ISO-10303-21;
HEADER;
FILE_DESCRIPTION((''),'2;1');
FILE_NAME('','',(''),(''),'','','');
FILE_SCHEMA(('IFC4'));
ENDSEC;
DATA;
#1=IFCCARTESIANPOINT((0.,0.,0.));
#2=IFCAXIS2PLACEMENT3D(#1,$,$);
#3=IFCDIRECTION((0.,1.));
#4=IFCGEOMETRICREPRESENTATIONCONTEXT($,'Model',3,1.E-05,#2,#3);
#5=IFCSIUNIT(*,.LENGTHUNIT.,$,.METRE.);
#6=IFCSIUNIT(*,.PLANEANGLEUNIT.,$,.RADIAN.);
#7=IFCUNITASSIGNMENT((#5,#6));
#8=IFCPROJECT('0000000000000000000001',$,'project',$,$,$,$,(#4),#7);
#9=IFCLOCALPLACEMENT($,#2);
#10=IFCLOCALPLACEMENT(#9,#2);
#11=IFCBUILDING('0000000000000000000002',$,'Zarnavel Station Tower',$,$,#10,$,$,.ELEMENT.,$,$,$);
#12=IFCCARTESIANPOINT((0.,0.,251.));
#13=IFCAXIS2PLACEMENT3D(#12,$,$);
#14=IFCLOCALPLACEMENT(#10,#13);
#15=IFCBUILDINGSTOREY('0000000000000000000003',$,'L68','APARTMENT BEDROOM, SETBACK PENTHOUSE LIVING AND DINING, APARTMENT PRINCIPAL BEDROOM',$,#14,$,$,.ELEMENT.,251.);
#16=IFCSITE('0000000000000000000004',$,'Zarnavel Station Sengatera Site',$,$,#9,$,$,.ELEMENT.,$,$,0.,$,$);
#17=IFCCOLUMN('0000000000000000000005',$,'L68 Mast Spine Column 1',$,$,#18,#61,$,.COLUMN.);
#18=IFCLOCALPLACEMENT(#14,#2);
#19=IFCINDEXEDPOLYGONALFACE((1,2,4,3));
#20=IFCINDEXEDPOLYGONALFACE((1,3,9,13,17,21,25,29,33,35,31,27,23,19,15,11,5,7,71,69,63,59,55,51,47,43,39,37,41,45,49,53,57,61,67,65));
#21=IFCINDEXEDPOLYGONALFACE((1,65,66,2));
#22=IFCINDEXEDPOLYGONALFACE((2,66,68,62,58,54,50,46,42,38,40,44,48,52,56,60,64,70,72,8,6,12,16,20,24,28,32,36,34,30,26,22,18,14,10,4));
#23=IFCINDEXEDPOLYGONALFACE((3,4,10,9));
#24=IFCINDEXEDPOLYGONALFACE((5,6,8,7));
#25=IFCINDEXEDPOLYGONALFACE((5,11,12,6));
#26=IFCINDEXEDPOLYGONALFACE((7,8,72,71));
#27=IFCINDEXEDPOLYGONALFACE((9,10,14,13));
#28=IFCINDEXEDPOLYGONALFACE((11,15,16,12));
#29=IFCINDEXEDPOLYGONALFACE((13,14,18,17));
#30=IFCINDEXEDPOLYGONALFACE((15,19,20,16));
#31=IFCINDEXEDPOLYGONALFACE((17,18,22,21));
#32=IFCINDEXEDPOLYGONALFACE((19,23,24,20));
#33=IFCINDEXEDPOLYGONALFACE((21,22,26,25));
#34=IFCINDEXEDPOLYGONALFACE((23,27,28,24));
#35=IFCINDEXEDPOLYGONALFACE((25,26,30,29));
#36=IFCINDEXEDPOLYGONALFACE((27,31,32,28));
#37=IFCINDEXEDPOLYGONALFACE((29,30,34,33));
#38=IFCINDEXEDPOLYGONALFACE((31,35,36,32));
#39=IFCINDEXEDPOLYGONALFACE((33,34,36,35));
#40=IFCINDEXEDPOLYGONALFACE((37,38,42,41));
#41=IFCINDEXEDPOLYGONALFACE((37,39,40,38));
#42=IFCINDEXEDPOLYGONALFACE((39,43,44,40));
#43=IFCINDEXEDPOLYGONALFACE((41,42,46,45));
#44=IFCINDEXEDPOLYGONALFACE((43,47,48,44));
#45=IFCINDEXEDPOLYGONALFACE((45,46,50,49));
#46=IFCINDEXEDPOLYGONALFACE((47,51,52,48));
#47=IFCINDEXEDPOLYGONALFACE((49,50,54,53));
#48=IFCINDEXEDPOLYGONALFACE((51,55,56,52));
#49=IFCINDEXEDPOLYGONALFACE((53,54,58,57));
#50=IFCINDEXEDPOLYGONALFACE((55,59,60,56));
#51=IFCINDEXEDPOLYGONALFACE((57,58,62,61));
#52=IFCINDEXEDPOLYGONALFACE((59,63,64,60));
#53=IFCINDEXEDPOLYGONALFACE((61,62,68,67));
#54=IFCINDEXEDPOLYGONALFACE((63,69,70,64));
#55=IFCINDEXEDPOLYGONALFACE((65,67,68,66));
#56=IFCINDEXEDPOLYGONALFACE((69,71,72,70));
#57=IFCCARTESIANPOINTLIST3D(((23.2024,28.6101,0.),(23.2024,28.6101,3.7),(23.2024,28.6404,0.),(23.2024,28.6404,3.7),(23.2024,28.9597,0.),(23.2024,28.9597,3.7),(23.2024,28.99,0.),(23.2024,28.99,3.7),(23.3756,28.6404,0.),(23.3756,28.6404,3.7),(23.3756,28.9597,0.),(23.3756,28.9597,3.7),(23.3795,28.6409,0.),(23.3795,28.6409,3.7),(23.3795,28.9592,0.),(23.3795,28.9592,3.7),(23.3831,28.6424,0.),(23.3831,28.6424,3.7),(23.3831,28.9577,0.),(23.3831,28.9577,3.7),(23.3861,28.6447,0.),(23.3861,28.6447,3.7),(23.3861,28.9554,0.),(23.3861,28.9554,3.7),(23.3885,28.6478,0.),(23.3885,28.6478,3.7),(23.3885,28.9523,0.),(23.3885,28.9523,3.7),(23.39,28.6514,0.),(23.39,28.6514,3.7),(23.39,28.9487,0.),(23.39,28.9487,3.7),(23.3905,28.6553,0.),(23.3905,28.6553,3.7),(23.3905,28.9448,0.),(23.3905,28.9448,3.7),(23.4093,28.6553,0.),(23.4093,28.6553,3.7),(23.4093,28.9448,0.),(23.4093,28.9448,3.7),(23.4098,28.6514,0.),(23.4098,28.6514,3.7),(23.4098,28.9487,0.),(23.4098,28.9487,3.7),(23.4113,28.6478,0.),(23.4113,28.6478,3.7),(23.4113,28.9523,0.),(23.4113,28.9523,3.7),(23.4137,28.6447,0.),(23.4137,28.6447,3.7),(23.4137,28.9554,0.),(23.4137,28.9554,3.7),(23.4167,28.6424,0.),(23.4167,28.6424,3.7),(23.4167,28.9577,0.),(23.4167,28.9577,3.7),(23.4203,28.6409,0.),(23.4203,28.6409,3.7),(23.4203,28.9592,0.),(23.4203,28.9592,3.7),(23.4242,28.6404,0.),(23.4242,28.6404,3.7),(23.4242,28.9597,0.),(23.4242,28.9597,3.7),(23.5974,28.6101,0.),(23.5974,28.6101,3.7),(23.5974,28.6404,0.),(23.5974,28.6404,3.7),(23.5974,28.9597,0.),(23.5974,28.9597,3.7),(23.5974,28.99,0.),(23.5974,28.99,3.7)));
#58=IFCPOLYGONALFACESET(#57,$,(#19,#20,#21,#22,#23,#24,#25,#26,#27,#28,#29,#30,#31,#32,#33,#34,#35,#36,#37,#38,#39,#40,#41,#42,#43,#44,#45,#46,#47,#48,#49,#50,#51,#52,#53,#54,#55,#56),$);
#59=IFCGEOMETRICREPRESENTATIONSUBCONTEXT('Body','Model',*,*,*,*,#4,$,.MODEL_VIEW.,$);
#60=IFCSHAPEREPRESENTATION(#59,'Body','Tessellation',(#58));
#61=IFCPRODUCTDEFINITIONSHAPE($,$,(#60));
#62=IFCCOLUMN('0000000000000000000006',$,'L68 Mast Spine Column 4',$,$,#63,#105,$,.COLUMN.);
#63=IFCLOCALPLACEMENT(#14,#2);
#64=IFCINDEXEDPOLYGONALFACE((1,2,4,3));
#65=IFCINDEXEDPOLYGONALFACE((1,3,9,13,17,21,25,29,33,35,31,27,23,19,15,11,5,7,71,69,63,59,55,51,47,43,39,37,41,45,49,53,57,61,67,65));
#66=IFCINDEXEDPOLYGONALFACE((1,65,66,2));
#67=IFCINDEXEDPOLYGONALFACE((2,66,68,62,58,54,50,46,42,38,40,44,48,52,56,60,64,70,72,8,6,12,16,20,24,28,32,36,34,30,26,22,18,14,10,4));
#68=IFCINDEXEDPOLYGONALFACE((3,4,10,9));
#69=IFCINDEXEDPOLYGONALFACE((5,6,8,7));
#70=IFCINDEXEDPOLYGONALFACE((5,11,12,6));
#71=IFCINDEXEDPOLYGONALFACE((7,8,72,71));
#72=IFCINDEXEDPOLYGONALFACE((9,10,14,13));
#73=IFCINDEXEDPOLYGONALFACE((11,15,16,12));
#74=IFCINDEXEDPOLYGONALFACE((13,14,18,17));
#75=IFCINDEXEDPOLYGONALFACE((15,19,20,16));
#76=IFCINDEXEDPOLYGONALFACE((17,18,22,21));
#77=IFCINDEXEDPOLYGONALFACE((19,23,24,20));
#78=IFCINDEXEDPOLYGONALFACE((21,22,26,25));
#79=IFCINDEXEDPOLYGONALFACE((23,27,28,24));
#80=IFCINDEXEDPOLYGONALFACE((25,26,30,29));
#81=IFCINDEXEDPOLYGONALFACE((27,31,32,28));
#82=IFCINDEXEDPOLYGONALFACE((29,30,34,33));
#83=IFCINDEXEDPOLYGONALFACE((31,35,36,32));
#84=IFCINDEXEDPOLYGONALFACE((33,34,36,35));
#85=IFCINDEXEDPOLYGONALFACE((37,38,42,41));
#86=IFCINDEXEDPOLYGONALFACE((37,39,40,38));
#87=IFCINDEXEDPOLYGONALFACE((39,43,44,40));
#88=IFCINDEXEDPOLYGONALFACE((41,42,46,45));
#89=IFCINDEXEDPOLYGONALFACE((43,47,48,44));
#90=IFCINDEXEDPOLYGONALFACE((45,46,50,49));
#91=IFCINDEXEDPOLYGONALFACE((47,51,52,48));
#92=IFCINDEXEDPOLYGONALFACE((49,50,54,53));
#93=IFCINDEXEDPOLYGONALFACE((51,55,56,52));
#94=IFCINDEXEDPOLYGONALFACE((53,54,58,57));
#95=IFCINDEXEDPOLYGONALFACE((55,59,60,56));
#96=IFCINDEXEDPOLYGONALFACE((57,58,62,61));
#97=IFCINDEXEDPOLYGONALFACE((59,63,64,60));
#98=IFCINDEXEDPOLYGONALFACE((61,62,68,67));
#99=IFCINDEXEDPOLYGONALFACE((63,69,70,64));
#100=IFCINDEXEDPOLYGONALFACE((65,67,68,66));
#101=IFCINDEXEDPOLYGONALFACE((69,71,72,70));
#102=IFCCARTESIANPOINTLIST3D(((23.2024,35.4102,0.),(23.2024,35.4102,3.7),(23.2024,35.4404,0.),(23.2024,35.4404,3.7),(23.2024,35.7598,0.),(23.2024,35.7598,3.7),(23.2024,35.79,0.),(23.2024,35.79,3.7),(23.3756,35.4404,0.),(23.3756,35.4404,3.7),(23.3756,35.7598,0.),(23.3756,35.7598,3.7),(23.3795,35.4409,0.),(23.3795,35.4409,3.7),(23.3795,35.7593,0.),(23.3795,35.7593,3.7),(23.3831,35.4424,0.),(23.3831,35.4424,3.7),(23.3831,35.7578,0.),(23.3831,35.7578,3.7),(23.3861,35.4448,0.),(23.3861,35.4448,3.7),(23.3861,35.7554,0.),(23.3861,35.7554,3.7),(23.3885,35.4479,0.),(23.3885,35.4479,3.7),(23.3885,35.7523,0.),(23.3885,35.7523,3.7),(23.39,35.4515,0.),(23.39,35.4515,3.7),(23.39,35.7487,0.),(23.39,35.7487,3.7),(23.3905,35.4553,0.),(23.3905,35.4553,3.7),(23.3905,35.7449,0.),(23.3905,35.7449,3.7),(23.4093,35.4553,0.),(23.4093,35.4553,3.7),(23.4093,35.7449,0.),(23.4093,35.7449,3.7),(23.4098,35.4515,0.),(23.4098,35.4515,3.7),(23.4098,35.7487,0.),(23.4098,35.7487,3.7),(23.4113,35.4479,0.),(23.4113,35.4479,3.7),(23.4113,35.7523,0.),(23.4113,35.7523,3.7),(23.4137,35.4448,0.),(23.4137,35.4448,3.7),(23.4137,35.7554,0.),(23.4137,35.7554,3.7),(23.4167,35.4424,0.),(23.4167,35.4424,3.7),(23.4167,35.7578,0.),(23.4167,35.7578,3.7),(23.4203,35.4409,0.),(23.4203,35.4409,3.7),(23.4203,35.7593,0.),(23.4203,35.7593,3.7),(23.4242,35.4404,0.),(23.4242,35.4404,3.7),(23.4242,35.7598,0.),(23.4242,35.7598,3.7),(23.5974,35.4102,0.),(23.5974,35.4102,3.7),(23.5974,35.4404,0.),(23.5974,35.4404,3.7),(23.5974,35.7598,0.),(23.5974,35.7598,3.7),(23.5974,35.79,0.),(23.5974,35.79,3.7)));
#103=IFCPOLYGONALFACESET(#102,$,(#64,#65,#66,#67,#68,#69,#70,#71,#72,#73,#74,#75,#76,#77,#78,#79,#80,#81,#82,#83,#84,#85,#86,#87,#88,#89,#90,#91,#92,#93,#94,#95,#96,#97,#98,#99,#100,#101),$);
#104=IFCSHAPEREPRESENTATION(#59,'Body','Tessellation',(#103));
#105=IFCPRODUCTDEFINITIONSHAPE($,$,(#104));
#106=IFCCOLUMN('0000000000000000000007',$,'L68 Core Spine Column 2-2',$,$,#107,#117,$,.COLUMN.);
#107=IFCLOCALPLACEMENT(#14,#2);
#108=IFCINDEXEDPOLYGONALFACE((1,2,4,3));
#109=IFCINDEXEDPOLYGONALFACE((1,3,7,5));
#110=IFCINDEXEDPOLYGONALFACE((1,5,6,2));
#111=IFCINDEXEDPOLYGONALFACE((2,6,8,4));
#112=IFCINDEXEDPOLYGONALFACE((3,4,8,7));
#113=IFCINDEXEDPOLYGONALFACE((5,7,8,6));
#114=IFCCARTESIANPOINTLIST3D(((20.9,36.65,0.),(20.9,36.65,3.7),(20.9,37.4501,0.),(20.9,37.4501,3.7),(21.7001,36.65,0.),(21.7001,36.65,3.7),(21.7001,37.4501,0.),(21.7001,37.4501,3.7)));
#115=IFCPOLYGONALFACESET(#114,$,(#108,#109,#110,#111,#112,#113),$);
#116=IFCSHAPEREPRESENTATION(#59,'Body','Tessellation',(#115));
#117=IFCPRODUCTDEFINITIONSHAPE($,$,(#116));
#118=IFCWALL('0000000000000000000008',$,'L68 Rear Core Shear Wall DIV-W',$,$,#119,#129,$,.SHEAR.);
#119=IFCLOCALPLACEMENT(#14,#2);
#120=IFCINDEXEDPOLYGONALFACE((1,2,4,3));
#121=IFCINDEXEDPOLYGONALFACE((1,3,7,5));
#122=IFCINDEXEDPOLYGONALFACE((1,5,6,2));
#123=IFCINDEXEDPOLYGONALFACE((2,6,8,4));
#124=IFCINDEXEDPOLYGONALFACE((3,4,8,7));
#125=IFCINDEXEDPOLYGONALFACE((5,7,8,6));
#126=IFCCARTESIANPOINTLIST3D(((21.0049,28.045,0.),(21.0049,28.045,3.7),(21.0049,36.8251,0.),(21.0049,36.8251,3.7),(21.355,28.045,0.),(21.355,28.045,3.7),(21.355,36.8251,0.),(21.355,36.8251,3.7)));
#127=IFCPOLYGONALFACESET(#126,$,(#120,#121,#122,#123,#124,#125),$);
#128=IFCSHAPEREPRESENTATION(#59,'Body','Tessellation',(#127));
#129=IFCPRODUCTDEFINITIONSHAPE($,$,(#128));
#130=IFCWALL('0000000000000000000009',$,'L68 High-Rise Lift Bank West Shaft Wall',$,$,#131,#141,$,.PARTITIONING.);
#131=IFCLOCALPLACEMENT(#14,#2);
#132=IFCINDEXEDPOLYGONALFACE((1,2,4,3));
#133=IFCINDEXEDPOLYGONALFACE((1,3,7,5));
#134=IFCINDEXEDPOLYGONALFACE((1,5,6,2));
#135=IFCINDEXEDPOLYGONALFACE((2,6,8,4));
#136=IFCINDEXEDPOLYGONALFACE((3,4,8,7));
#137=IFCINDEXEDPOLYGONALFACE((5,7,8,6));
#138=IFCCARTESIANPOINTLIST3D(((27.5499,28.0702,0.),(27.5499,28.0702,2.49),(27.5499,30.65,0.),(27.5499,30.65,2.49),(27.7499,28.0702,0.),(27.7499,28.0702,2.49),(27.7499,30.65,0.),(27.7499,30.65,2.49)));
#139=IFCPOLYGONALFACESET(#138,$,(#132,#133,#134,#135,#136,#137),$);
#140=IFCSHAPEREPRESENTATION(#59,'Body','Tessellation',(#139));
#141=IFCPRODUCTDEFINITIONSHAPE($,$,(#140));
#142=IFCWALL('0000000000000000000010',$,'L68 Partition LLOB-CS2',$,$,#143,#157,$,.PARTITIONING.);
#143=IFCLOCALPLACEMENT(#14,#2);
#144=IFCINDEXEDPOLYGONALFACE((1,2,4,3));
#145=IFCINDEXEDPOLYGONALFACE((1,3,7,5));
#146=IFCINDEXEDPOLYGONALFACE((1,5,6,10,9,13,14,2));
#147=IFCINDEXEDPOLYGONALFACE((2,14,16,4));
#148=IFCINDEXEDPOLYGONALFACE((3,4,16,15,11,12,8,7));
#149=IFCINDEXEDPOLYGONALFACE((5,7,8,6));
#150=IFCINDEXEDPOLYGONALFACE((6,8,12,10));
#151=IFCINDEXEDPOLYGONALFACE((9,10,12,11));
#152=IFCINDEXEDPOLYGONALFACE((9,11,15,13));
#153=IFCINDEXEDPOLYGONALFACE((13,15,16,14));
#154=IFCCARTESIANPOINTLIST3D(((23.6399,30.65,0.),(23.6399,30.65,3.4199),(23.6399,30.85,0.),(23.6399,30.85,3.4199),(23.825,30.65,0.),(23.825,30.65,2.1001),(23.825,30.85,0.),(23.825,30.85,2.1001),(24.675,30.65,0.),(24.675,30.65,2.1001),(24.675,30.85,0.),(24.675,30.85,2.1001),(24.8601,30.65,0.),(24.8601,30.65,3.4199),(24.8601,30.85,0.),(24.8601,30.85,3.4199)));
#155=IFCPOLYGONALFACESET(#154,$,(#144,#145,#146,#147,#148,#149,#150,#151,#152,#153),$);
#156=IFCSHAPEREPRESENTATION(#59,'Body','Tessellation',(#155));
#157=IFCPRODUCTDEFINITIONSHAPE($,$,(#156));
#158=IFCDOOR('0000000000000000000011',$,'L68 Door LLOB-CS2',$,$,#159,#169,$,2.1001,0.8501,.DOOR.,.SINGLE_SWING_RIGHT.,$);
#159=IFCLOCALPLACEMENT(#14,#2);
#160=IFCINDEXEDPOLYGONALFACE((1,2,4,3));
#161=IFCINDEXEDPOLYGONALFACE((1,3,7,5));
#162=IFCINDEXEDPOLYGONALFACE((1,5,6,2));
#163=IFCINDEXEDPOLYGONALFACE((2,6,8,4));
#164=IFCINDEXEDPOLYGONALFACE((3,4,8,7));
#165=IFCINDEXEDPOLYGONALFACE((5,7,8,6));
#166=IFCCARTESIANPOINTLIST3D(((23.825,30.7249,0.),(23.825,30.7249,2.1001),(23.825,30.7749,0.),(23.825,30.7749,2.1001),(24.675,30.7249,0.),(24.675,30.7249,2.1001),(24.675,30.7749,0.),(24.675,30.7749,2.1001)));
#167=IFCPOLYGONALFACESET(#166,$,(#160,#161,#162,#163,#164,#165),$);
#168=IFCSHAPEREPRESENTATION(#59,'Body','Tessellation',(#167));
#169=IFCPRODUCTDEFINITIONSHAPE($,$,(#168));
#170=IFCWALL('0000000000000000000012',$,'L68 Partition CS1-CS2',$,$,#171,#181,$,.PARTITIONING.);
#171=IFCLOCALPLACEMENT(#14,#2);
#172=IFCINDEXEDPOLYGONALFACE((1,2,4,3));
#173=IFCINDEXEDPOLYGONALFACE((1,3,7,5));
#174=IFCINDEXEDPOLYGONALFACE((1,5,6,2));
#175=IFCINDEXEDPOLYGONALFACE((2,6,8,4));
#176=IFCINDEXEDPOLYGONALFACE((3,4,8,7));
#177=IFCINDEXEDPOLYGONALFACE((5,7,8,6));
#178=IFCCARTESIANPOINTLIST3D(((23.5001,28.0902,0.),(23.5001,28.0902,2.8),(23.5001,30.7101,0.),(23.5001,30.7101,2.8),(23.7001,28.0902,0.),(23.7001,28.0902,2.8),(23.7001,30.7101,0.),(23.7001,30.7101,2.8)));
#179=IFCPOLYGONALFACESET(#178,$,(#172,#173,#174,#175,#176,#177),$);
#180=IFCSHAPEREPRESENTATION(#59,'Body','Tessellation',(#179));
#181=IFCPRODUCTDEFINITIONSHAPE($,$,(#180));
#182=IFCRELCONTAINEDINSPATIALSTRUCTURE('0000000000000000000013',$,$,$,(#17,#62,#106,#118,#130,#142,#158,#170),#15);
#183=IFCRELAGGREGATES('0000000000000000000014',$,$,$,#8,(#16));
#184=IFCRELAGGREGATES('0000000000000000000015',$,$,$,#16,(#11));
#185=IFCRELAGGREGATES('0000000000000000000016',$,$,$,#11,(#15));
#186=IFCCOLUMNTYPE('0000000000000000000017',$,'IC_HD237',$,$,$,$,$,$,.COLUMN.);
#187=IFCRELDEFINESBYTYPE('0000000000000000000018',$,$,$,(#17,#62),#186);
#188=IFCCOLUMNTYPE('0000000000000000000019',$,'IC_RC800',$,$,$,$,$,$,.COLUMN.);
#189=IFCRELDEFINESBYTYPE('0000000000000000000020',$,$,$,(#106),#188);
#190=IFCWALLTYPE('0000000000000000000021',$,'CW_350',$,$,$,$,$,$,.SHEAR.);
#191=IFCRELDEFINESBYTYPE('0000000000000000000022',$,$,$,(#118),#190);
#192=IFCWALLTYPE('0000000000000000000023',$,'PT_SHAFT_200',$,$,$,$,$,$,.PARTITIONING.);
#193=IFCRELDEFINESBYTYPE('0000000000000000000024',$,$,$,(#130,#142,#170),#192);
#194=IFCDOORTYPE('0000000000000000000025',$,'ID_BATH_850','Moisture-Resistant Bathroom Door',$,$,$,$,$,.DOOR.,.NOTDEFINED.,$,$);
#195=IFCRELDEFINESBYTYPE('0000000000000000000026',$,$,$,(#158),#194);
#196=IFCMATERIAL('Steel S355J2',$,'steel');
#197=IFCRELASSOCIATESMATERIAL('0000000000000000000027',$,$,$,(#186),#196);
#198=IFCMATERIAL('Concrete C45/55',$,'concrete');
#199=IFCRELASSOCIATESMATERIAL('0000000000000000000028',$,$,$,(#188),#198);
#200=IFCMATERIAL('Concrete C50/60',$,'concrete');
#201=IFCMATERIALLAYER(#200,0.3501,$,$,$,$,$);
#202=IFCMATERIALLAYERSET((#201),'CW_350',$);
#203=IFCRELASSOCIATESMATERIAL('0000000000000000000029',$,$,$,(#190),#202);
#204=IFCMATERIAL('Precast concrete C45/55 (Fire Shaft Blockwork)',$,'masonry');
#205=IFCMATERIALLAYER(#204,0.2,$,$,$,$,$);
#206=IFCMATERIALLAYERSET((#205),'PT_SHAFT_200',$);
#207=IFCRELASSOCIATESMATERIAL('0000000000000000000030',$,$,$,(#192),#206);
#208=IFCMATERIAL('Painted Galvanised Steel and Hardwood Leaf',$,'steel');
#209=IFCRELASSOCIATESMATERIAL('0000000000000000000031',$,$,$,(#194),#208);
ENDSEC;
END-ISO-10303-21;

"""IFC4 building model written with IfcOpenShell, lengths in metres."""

from ifc_helpers import new_model, si_unit, direction, frame, frame_2d, origin, origin_2d, place, context, subcontext, project, spatial, rectangle, i_section, extrude, material, layer, layer_set, material_profile, profile_set, type_object, element, fill, save


model = new_model("IFC4")

# Units and contexts
model_context = context("Model", 3, precision=1e-05, world=origin(), true_north=direction((0.0, 1.0)))
body_context = subcontext(model_context, "Body", "Model", "MODEL_VIEW")
ifc_project = project(units=[si_unit("LENGTHUNIT", "METRE"), si_unit("PLANEANGLEUNIT", "RADIAN")], contexts=[model_context])

# Site, building, storey
site_placement = place(None, origin())
site = spatial("IfcSite", under=ifc_project, at=site_placement, Name="Zarnavel Station Sengatera Site", CompositionType="ELEMENT", RefElevation=0.0)
building_placement = place(site_placement, origin())
building = spatial("IfcBuilding", under=site, at=building_placement, Name="Zarnavel Station Tower", CompositionType="ELEMENT")
storey_placement = place(building_placement, frame((0.0, 0.0, 251.0)))
storey = spatial("IfcBuildingStorey", under=building, at=storey_placement, Name="L68", Description="APARTMENT BEDROOM, SETBACK PENTHOUSE LIVING AND DINING, APARTMENT PRINCIPAL BEDROOM", CompositionType="ELEMENT", Elevation=251.0)

# Columns
ifc_material_1 = material(Name="Steel S355J2", Category="steel")
ifc_material_profile_1 = material_profile(ifc_material_1, i_section(OverallWidth=0.395, OverallDepth=0.3799, WebThickness=0.0188, FlangeThickness=0.0303, FilletRadius=0.0149, at=origin_2d()), Name="HD400x237")
ifc_profile_set_1 = profile_set([ifc_material_profile_1], Name="Steel S355J2")
column_type_1 = type_object("IfcColumnType", Name="IC_HD237", PredefinedType="COLUMN", material=ifc_profile_set_1)
for number, where, z_axis, x_axis, name in (
    (1, (23.3999, 28.8, 0.0), (0.0, 0.0, 1.0), (1.0, 0.0, 0.0), "L68 Mast Spine Column 1"),
    (2, (23.3999, 35.6001, 0.0), (0.0, 0.0, 1.0), (1.0, 0.0, 0.0), "L68 Mast Spine Column 4"),
):
    element("IfcColumn", number, at=place(storey_placement, frame(where, z_axis=z_axis, x_axis=x_axis)), inside=storey, type_object=column_type_1, Name=name, PredefinedType="COLUMN", context=body_context, shape_type="SweptSolid", body=[
        extrude(i_section(OverallWidth=0.395, OverallDepth=0.3799, WebThickness=0.0188, FlangeThickness=0.0303, FilletRadius=0.0149, at=origin_2d()), origin(), (0.0, 0.0, 1.0), 3.7),
    ])
ifc_material_2 = material(Name="Concrete C45/55", Category="concrete")
ifc_material_profile_2 = material_profile(ifc_material_2, rectangle(XDim=0.8, YDim=0.8, at=origin_2d()), Name="RC800x800")
ifc_profile_set_2 = profile_set([ifc_material_profile_2], Name="Concrete C45/55")
column_type_2 = type_object("IfcColumnType", Name="IC_RC800", PredefinedType="COLUMN", material=ifc_profile_set_2)
column_placement = place(storey_placement, frame((21.3, 37.05, 0.0), z_axis=(0.0, 0.0, 1.0), x_axis=(1.0, 0.0, 0.0)))
element("IfcColumn", 3, at=column_placement, inside=storey, type_object=column_type_2, Name="L68 Core Spine Column 2-2", PredefinedType="COLUMN", context=body_context, shape_type="SweptSolid", body=[
    extrude(rectangle(XDim=0.8, YDim=0.8, at=origin_2d()), origin(), (0.0, 0.0, 1.0), 3.7),
])

# Wall
ifc_material_3 = material(Name="Concrete C50/60", Category="concrete")
ifc_layer_1 = layer(ifc_material_3, 0.3501)
ifc_layer_set_1 = layer_set([ifc_layer_1], Name="CW_350")
wall_type_1 = type_object("IfcWallType", Name="CW_350", PredefinedType="SHEAR", material=ifc_layer_set_1)
wall_1_placement = place(storey_placement, frame((21.1799, 28.0449, 0.0), z_axis=(0.0, 0.0, 1.0), x_axis=(0.0, 1.0, 0.0)))
element("IfcWall", 4, at=wall_1_placement, inside=storey, type_object=wall_type_1, Name="L68 Rear Core Shear Wall DIV-W", PredefinedType="SHEAR", context=body_context, shape_type="SweptSolid", body=[
    extrude(rectangle(XDim=8.78, YDim=0.3501, at=frame_2d((4.3901, 0.0))), origin(), (0.0, 0.0, 1.0), 3.7),
])

# Shared definitions
ifc_material_4 = material(Name="Precast concrete C45/55 (Fire Shaft Blockwork)", Category="masonry")
ifc_layer_2 = layer(ifc_material_4, 0.2)
ifc_layer_set_2 = layer_set([ifc_layer_2], Name="PT_SHAFT_200")
wall_type_2 = type_object("IfcWallType", Name="PT_SHAFT_200", PredefinedType="PARTITIONING", material=ifc_layer_set_2)

# Wall
wall_2_placement = place(storey_placement, frame((27.6499, 28.0701, 0.0), z_axis=(0.0, 0.0, 1.0), x_axis=(0.0, 1.0, 0.0)))
element("IfcWall", 5, at=wall_2_placement, inside=storey, type_object=wall_type_2, Name="L68 High-Rise Lift Bank West Shaft Wall", PredefinedType="PARTITIONING", context=body_context, shape_type="SweptSolid", body=[
    extrude(rectangle(XDim=2.5798, YDim=0.2, at=frame_2d((1.29, 0.0))), origin(), (0.0, 0.0, 1.0), 2.49),
])

# Wall, opening, door
wall_3_placement = place(storey_placement, frame((23.6399, 30.75, 0.0), z_axis=(0.0, 0.0, 1.0), x_axis=(1.0, 0.0, 0.0)))
wall_3 = element("IfcWall", 6, at=wall_3_placement, inside=storey, type_object=wall_type_2, Name="L68 Partition LLOB-CS2", PredefinedType="PARTITIONING", context=body_context, shape_type="SweptSolid", body=[
    extrude(rectangle(XDim=1.2202, YDim=0.2, at=frame_2d((0.6101, 0.0))), origin(), (0.0, 0.0, 1.0), 3.4199),
])
opening_1_placement = place(wall_3_placement, frame((0.1851, 0.0, 0.0)))
opening_1 = element("IfcOpeningElement", 7, at=opening_1_placement, cuts=wall_3, PredefinedType="OPENING", context=body_context, shape_type="SweptSolid", body=[
    extrude(rectangle(XDim=0.8501, YDim=2.1001, at=frame_2d((0.425, 1.05))), frame((0.0, 0.1099, 0.0), z_axis=(0.0, -1.0, 0.0), x_axis=(1.0, 0.0, 0.0)), (0.0, 0.0, 1.0), 0.22),
])
ifc_material_5 = material(Name="Painted Galvanised Steel and Hardwood Leaf", Category="steel")
door_type_1 = type_object("IfcDoorType", Name="ID_BATH_850", Description="Moisture-Resistant Bathroom Door", OperationType="NOTDEFINED", PredefinedType="DOOR", material=ifc_material_5)
door_1_placement = place(opening_1_placement, origin())
door_1 = element("IfcDoor", 8, at=door_1_placement, inside=storey, type_object=door_type_1, Name="L68 Door LLOB-CS2", OperationType="SINGLE_SWING_RIGHT", OverallHeight=2.1001, OverallWidth=0.8501, PredefinedType="DOOR", context=body_context, shape_type="SweptSolid", body=[
    extrude(rectangle(XDim=0.8501, YDim=2.1001, at=frame_2d((0.425, 1.05))), frame((0.0, 0.0249, 0.0), z_axis=(0.0, -1.0, 0.0), x_axis=(1.0, 0.0, 0.0)), (0.0, 0.0, 1.0), 0.05),
])
fill(opening_1, door_1)

# Wall
wall_4_placement = place(storey_placement, frame((23.6001, 28.0901, 0.0), z_axis=(0.0, 0.0, 1.0), x_axis=(0.0, 1.0, 0.0)))
element("IfcWall", 9, at=wall_4_placement, inside=storey, type_object=wall_type_2, Name="L68 Partition CS1-CS2", PredefinedType="PARTITIONING", context=body_context, shape_type="SweptSolid", body=[
    extrude(rectangle(XDim=2.6199, YDim=0.2, at=frame_2d((1.3101, 0.0))), origin(), (0.0, 0.0, 1.0), 2.8),
])

save(model, "model.ifc")
